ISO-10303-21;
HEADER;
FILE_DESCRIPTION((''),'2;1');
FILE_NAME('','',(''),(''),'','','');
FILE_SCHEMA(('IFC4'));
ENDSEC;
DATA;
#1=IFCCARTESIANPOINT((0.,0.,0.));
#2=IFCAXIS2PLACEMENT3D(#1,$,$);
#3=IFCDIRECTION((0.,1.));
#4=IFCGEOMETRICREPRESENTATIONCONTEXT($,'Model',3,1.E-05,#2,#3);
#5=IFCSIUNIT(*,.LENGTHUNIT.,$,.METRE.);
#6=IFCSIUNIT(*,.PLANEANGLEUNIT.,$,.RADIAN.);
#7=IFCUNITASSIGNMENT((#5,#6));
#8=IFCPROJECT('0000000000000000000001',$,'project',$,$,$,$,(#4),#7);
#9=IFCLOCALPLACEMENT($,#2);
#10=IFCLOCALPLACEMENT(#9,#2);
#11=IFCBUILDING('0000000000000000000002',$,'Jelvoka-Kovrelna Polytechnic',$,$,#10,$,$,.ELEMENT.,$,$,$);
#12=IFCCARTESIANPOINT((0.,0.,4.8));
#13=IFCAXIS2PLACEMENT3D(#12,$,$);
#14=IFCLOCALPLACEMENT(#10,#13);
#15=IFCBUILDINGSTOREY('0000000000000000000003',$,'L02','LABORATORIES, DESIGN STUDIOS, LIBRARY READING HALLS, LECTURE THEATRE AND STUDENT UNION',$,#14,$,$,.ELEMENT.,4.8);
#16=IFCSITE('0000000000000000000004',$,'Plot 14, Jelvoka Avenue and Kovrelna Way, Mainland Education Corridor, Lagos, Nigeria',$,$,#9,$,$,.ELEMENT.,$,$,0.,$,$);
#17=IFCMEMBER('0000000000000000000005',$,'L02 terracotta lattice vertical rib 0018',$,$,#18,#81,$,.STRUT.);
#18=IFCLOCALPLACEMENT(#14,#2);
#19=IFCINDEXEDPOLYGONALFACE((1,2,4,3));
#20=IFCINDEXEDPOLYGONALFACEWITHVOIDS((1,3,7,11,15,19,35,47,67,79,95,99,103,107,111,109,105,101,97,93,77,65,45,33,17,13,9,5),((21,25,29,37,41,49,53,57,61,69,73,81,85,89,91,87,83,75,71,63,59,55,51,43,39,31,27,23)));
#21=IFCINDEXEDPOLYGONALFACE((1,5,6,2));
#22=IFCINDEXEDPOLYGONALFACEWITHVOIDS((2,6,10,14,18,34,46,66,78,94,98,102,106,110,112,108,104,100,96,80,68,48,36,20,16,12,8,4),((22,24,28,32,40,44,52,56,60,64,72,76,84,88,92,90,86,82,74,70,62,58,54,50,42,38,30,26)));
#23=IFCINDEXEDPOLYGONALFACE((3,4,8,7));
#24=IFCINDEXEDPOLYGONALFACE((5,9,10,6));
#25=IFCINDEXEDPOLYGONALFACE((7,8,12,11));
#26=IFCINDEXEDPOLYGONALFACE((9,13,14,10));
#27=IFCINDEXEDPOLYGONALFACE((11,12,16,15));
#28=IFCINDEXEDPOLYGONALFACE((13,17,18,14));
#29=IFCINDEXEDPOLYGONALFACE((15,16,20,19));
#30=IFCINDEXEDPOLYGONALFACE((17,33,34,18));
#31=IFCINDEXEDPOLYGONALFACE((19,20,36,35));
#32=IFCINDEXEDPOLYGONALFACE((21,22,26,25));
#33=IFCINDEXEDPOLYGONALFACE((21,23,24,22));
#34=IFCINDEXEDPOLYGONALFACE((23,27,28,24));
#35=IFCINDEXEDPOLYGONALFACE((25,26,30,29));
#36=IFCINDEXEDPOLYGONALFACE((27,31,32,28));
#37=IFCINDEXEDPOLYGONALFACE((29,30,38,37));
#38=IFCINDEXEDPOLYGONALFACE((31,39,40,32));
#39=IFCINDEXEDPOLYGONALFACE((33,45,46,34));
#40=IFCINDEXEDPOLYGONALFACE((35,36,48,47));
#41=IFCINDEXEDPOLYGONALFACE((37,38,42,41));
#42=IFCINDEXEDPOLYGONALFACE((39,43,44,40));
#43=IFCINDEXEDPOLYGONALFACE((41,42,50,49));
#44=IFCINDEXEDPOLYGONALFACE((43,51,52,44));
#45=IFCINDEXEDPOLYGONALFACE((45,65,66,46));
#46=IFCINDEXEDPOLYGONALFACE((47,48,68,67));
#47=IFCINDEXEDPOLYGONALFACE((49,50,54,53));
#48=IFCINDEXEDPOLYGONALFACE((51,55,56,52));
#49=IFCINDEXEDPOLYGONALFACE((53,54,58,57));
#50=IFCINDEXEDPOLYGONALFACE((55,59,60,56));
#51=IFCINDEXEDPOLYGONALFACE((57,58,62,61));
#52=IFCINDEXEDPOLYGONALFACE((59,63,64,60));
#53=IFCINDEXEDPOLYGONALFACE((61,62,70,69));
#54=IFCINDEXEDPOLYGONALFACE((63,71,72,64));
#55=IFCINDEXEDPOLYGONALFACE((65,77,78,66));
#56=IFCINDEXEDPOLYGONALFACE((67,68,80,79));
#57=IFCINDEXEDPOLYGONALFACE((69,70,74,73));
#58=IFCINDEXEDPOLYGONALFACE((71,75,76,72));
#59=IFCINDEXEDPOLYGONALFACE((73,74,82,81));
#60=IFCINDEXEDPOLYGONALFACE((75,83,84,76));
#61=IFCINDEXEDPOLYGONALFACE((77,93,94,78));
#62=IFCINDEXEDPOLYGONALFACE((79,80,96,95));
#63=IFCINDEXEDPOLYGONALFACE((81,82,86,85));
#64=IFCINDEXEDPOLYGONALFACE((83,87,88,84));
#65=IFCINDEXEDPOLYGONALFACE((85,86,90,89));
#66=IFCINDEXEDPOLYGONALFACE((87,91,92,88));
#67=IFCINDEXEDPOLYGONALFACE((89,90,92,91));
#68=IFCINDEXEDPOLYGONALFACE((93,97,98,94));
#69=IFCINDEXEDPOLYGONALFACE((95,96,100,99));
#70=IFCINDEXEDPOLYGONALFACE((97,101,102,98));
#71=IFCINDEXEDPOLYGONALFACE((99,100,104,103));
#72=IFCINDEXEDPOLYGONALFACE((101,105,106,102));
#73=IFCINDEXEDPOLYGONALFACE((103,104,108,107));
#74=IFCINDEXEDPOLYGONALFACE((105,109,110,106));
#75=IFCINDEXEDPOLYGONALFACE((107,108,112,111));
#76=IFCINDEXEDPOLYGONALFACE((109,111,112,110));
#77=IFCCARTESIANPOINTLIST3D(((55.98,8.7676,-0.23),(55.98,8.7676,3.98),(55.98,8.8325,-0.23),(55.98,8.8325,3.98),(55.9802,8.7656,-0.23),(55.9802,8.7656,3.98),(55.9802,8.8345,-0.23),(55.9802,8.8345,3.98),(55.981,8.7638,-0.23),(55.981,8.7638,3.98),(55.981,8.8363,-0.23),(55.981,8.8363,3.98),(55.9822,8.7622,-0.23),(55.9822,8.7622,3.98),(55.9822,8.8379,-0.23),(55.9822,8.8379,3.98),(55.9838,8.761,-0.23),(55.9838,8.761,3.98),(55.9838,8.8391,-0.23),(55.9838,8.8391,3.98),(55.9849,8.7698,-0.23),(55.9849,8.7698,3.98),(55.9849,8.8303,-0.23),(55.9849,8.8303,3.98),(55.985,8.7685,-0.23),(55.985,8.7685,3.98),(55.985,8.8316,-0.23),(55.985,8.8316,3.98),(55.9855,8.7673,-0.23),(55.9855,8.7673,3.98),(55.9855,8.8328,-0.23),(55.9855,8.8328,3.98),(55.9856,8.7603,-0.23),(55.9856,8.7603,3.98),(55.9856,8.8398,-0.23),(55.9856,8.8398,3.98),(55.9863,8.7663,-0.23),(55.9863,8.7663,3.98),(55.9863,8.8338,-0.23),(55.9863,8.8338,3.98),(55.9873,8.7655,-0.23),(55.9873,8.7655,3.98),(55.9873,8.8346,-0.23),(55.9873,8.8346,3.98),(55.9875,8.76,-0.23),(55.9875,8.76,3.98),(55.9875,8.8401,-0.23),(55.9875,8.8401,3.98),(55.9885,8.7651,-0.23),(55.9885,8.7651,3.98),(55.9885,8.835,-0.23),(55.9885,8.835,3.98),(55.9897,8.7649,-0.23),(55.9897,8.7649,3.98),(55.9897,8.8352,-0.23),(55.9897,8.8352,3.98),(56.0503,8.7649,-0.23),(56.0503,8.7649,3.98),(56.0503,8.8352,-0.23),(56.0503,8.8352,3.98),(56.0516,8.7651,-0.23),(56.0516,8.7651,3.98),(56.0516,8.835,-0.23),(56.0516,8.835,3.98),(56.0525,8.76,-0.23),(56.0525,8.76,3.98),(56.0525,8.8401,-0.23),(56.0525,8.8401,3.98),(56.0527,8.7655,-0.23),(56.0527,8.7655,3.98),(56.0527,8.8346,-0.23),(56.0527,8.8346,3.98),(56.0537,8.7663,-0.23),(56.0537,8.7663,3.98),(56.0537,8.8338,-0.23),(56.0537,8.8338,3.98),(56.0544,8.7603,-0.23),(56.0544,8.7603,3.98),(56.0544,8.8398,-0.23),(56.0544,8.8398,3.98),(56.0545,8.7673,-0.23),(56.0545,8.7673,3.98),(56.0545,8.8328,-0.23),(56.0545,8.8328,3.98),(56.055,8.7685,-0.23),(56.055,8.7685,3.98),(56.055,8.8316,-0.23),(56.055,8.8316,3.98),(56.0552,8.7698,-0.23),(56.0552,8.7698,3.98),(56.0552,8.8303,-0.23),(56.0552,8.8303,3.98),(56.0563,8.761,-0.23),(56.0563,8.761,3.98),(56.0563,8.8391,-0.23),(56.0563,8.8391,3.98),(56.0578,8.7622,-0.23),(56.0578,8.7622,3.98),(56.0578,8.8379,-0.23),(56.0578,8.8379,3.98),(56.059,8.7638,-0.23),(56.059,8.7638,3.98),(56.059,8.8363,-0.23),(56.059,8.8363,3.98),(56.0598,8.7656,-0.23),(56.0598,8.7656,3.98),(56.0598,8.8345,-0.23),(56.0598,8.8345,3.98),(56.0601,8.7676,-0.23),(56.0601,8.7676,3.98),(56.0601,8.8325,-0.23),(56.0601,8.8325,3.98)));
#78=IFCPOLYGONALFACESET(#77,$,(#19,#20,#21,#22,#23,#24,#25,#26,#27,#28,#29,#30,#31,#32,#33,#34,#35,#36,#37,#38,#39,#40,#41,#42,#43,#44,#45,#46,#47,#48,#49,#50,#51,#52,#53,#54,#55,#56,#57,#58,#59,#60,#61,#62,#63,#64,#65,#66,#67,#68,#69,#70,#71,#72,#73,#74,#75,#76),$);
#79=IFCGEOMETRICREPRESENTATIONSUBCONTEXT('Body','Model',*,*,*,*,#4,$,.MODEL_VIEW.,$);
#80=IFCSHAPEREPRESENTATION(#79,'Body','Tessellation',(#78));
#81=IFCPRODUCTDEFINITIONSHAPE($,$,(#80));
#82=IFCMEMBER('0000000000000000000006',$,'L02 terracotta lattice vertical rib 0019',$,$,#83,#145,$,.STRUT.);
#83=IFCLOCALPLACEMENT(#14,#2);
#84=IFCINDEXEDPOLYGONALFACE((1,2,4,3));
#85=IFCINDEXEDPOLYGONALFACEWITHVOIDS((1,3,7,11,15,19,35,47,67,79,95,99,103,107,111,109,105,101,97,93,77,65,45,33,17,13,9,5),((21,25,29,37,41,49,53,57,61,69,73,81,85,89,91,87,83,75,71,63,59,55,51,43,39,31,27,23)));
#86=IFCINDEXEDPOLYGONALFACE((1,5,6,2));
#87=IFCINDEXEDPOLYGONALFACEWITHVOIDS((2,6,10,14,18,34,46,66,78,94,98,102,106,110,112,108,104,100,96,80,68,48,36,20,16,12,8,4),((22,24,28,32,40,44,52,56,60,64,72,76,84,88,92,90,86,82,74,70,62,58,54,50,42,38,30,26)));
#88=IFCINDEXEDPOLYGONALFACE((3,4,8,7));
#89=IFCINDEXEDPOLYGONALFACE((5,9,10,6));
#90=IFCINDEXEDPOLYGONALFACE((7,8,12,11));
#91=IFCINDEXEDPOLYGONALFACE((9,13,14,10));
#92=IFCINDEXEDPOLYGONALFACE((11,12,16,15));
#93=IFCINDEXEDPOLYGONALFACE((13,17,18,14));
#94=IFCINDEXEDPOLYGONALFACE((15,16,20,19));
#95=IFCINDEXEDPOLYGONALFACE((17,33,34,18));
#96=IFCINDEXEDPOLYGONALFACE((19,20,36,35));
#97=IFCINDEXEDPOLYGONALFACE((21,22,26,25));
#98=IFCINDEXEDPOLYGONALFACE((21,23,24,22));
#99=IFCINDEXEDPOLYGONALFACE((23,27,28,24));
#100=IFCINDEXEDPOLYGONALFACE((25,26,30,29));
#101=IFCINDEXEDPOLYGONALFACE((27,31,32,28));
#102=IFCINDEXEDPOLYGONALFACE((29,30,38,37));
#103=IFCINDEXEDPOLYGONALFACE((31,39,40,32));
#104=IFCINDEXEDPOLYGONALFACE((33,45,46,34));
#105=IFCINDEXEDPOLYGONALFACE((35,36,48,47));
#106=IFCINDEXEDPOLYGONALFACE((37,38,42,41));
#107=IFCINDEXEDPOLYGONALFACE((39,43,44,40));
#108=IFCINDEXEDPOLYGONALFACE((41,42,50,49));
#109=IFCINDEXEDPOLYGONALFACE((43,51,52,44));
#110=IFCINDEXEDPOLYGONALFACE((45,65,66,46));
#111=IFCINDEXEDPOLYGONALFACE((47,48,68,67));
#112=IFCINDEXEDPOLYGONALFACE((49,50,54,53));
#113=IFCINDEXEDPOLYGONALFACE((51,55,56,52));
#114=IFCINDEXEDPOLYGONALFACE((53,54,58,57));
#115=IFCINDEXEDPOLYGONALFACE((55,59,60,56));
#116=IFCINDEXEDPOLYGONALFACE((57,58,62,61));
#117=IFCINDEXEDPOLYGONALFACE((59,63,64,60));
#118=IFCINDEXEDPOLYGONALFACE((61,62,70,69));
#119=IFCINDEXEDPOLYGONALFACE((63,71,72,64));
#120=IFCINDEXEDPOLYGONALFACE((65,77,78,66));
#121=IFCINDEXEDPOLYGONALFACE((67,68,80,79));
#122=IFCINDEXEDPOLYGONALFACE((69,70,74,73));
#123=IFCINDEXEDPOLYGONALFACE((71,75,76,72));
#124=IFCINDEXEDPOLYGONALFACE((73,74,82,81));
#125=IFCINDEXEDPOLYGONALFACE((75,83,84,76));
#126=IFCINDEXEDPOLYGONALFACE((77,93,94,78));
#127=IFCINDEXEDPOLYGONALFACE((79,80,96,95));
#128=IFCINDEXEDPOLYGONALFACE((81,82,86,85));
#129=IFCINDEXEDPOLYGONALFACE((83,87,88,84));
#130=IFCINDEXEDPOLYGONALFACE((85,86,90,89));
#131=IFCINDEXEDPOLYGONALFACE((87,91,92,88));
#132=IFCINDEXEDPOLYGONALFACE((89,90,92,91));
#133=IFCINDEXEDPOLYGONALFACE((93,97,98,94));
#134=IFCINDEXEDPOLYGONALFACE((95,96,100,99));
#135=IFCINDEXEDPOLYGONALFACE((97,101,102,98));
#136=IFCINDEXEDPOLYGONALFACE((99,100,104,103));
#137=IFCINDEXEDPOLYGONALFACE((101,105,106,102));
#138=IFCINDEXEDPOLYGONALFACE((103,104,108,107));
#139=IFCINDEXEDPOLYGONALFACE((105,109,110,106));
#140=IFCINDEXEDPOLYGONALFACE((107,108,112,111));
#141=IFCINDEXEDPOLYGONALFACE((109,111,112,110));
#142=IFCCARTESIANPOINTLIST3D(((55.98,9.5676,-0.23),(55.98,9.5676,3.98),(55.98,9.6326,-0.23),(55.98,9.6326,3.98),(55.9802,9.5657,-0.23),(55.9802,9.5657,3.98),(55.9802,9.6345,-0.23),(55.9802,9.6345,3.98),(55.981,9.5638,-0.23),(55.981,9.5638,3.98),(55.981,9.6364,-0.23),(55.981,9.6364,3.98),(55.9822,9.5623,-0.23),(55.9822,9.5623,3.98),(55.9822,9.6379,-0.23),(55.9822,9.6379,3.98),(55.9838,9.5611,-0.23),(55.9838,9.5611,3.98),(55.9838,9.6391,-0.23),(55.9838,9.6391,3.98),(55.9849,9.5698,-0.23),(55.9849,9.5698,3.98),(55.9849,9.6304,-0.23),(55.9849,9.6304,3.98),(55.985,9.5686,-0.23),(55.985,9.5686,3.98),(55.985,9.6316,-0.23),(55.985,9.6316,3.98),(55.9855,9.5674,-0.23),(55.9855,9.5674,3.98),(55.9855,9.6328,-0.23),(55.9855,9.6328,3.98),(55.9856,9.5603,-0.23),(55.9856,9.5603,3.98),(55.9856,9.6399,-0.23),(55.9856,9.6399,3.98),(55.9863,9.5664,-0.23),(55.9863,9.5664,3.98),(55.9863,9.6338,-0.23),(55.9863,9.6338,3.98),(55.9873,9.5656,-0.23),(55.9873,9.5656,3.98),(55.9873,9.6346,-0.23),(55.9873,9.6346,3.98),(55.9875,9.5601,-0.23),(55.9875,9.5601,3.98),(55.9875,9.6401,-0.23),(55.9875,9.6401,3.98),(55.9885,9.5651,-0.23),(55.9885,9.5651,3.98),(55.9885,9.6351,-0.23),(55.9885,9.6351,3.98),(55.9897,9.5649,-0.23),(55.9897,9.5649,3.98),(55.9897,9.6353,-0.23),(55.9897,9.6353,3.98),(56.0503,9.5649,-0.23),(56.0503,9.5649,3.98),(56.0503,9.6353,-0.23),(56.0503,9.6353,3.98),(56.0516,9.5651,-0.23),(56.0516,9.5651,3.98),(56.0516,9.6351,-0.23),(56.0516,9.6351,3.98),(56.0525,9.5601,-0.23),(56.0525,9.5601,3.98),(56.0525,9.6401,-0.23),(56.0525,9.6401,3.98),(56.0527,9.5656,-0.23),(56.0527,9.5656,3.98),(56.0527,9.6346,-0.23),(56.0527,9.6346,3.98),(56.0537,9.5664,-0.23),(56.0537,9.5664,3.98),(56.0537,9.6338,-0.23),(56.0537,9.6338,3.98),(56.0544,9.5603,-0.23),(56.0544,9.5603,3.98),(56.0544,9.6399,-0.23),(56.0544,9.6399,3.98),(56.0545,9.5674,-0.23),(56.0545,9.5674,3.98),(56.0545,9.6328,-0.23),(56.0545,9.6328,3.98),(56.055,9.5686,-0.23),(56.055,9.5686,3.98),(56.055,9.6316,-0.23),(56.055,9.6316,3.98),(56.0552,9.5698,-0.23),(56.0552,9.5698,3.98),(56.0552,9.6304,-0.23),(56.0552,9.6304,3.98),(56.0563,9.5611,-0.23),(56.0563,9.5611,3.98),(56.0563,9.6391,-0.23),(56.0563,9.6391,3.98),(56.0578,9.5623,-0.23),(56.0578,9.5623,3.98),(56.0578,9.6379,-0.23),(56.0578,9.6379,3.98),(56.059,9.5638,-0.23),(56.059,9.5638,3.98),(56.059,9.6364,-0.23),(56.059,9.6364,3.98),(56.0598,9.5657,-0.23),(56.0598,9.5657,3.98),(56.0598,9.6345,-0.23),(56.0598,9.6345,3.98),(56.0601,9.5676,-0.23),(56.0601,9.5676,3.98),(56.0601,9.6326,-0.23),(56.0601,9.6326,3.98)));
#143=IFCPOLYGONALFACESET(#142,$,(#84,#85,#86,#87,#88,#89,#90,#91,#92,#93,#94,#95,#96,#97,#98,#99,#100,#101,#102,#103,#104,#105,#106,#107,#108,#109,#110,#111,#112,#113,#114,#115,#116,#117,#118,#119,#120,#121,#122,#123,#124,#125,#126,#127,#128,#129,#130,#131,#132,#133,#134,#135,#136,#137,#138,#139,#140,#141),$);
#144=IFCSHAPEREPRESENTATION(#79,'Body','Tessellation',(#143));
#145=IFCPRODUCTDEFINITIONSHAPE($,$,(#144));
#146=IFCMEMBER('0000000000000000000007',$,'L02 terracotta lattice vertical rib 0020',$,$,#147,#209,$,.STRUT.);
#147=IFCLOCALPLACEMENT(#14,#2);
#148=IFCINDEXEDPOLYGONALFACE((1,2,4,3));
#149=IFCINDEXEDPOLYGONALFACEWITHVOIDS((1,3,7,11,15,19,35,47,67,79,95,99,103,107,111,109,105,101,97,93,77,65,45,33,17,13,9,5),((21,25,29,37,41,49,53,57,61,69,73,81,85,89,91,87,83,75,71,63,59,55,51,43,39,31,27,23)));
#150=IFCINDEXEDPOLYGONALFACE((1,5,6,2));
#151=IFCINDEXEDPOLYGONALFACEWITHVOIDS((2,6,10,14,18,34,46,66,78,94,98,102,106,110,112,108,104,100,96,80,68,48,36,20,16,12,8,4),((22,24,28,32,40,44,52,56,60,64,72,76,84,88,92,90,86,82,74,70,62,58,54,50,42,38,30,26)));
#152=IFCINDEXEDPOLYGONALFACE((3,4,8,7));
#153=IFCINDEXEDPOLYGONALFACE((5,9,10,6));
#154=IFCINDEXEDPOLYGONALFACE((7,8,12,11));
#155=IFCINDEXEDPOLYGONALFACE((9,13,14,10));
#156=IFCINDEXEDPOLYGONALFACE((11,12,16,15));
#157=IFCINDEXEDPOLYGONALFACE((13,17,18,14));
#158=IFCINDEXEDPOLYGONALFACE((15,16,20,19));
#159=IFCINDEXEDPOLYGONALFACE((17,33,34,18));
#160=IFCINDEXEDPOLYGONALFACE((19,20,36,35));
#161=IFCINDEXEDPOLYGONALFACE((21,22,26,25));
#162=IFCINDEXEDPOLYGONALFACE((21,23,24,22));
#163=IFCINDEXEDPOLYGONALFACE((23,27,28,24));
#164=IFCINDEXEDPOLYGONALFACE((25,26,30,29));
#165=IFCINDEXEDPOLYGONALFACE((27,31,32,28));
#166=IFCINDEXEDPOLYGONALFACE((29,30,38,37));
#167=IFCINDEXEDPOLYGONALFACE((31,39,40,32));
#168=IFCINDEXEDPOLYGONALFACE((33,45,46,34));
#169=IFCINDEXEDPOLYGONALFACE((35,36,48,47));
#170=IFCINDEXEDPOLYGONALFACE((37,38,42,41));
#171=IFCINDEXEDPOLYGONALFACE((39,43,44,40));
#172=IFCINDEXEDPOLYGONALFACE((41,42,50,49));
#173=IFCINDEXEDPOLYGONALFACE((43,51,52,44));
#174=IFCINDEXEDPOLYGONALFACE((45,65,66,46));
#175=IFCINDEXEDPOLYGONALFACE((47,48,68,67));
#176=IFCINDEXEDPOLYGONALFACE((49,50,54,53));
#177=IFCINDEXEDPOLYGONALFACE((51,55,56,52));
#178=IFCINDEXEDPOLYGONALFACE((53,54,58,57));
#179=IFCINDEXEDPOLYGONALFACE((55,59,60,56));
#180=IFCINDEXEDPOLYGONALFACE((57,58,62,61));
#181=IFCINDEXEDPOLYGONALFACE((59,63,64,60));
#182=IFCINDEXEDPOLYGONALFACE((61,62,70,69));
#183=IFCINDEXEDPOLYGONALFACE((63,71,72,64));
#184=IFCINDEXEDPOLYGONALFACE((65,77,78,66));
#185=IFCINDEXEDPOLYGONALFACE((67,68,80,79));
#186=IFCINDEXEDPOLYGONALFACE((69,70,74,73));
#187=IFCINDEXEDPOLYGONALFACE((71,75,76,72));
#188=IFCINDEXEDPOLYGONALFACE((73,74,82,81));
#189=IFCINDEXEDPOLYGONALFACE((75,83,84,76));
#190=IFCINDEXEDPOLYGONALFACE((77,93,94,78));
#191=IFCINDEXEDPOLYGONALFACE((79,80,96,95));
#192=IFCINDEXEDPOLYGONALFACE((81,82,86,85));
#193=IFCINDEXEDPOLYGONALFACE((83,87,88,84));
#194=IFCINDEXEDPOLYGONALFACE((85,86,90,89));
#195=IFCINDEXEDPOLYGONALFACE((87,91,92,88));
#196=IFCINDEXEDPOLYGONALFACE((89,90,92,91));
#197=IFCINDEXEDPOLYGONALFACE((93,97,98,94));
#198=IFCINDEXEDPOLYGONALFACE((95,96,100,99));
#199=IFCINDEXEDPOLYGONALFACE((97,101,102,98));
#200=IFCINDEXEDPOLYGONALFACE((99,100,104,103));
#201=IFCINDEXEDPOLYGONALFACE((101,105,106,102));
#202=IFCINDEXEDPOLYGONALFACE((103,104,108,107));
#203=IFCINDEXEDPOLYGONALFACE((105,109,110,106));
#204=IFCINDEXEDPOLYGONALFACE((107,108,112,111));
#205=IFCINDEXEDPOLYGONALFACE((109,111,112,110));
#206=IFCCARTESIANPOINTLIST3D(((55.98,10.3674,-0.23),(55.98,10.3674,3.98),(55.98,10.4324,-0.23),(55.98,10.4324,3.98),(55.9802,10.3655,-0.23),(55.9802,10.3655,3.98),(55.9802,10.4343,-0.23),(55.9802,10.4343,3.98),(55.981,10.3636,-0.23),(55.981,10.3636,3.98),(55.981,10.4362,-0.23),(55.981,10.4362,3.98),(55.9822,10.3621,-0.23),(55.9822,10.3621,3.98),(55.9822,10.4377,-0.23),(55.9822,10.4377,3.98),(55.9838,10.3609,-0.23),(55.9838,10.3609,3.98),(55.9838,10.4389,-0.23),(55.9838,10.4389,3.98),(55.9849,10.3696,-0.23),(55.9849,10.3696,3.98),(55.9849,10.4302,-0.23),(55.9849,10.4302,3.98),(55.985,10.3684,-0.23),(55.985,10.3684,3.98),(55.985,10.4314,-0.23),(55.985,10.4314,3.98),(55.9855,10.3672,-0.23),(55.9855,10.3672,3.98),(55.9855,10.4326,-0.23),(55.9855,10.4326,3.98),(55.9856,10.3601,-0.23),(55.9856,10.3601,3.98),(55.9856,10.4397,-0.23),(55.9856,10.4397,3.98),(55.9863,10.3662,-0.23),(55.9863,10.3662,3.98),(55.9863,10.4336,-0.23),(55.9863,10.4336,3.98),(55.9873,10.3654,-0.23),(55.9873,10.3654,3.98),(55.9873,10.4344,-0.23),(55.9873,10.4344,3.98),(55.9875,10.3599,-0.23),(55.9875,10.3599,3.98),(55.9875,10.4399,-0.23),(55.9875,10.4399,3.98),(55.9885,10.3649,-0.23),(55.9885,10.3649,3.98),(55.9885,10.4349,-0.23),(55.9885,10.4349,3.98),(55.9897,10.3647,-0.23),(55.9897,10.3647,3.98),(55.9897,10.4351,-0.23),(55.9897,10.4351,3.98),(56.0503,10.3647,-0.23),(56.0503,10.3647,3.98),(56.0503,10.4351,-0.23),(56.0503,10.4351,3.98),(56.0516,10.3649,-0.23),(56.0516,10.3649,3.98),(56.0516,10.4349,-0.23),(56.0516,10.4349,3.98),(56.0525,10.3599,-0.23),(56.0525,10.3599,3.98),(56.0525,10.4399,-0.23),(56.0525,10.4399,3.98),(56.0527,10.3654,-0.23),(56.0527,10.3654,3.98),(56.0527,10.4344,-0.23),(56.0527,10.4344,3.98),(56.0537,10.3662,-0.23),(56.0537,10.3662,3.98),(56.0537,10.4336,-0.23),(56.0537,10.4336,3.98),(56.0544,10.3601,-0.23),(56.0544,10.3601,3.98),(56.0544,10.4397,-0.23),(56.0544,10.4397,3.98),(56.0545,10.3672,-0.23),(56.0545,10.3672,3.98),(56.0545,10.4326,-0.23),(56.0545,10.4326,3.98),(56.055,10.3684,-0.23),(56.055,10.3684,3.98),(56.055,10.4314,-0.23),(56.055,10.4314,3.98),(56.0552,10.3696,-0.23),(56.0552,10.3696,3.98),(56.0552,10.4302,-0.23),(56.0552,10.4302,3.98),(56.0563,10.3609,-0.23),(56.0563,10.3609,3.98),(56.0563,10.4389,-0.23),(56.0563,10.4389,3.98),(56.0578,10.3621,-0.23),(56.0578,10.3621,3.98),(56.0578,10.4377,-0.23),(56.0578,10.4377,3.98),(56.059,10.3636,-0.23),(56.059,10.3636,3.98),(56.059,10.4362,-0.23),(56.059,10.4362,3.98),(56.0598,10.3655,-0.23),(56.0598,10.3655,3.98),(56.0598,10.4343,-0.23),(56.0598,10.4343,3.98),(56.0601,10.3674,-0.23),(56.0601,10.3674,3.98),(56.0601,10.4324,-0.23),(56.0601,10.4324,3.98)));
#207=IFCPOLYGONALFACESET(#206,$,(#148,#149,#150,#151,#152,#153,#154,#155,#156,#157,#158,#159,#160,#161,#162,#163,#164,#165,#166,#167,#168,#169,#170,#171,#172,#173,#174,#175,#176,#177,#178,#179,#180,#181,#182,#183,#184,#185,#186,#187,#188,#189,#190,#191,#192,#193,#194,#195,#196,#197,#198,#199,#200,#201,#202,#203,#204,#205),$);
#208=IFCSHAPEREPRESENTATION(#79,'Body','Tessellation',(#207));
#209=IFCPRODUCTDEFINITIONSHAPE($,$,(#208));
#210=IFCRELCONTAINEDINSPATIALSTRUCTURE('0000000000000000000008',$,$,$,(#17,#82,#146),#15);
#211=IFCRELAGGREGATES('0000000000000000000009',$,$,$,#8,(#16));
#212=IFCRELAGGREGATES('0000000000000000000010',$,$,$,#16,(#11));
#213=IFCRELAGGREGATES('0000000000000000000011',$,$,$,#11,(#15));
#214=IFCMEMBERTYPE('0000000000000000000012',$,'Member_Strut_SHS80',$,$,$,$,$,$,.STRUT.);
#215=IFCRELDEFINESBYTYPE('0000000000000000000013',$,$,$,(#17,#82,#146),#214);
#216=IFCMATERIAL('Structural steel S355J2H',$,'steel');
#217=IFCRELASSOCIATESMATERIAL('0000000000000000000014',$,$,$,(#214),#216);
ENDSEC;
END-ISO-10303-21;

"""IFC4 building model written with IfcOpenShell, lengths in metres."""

from ifc_helpers import new_model, si_unit, direction, frame, origin, origin_2d, place, context, subcontext, project, spatial, hollow_rectangle, extrude, material, material_profile, profile_set, type_object, element, save


model = new_model("IFC4")

# Units and contexts
model_context = context("Model", 3, precision=1e-05, world=origin(), true_north=direction((0.0, 1.0)))
body_context = subcontext(model_context, "Body", "Model", "MODEL_VIEW")
ifc_project = project(units=[si_unit("LENGTHUNIT", "METRE"), si_unit("PLANEANGLEUNIT", "RADIAN")], contexts=[model_context])

# Site, building, storey
site_placement = place(None, origin())
site = spatial("IfcSite", under=ifc_project, at=site_placement, Name="Plot 14, Jelvoka Avenue and Kovrelna Way, Mainland Education Corridor, Lagos, Nigeria", CompositionType="ELEMENT", RefElevation=0.0)
building_placement = place(site_placement, origin())
building = spatial("IfcBuilding", under=site, at=building_placement, Name="Jelvoka-Kovrelna Polytechnic", CompositionType="ELEMENT")
storey_placement = place(building_placement, frame((0.0, 0.0, 4.8)))
storey = spatial("IfcBuildingStorey", under=building, at=storey_placement, Name="L02", Description="LABORATORIES, DESIGN STUDIOS, LIBRARY READING HALLS, LECTURE THEATRE AND STUDENT UNION", CompositionType="ELEMENT", Elevation=4.8)

# Members
ifc_material_1 = material(Name="Structural steel S355J2H", Category="steel")
ifc_material_profile_1 = material_profile(ifc_material_1, hollow_rectangle(XDim=0.0801, YDim=0.0801, WallThickness=0.0049, InnerFilletRadius=0.0049, OuterFilletRadius=0.0076, at=origin_2d()), Name="80x80x5.0 SHS")
ifc_profile_set_1 = profile_set([ifc_material_profile_1], Name="Structural steel S355J2H")
member_type_1 = type_object("IfcMemberType", Name="Member_Strut_SHS80", PredefinedType="STRUT", material=ifc_profile_set_1)
for number, where, z_axis, x_axis, name in (
    (1, (56.02, 8.8, -0.23), (0.0, 0.0, 1.0), (1.0, 0.0, 0.0), "L02 terracotta lattice vertical rib 0018"),
    (2, (56.02, 9.6001, -0.23), (0.0, 0.0, 1.0), (1.0, 0.0, 0.0), "L02 terracotta lattice vertical rib 0019"),
    (3, (56.02, 10.3999, -0.23), (0.0, 0.0, 1.0), (1.0, 0.0, 0.0), "L02 terracotta lattice vertical rib 0020"),
):
    element("IfcMember", number, at=place(storey_placement, frame(where, z_axis=z_axis, x_axis=x_axis)), inside=storey, type_object=member_type_1, Name=name, PredefinedType="STRUT", context=body_context, shape_type="SweptSolid", body=[
        extrude(hollow_rectangle(XDim=0.0801, YDim=0.0801, WallThickness=0.0049, InnerFilletRadius=0.0049, OuterFilletRadius=0.0076, at=origin_2d()), origin(), (0.0, 0.0, 1.0), 4.21),
    ])

save(model, "model.ifc")
